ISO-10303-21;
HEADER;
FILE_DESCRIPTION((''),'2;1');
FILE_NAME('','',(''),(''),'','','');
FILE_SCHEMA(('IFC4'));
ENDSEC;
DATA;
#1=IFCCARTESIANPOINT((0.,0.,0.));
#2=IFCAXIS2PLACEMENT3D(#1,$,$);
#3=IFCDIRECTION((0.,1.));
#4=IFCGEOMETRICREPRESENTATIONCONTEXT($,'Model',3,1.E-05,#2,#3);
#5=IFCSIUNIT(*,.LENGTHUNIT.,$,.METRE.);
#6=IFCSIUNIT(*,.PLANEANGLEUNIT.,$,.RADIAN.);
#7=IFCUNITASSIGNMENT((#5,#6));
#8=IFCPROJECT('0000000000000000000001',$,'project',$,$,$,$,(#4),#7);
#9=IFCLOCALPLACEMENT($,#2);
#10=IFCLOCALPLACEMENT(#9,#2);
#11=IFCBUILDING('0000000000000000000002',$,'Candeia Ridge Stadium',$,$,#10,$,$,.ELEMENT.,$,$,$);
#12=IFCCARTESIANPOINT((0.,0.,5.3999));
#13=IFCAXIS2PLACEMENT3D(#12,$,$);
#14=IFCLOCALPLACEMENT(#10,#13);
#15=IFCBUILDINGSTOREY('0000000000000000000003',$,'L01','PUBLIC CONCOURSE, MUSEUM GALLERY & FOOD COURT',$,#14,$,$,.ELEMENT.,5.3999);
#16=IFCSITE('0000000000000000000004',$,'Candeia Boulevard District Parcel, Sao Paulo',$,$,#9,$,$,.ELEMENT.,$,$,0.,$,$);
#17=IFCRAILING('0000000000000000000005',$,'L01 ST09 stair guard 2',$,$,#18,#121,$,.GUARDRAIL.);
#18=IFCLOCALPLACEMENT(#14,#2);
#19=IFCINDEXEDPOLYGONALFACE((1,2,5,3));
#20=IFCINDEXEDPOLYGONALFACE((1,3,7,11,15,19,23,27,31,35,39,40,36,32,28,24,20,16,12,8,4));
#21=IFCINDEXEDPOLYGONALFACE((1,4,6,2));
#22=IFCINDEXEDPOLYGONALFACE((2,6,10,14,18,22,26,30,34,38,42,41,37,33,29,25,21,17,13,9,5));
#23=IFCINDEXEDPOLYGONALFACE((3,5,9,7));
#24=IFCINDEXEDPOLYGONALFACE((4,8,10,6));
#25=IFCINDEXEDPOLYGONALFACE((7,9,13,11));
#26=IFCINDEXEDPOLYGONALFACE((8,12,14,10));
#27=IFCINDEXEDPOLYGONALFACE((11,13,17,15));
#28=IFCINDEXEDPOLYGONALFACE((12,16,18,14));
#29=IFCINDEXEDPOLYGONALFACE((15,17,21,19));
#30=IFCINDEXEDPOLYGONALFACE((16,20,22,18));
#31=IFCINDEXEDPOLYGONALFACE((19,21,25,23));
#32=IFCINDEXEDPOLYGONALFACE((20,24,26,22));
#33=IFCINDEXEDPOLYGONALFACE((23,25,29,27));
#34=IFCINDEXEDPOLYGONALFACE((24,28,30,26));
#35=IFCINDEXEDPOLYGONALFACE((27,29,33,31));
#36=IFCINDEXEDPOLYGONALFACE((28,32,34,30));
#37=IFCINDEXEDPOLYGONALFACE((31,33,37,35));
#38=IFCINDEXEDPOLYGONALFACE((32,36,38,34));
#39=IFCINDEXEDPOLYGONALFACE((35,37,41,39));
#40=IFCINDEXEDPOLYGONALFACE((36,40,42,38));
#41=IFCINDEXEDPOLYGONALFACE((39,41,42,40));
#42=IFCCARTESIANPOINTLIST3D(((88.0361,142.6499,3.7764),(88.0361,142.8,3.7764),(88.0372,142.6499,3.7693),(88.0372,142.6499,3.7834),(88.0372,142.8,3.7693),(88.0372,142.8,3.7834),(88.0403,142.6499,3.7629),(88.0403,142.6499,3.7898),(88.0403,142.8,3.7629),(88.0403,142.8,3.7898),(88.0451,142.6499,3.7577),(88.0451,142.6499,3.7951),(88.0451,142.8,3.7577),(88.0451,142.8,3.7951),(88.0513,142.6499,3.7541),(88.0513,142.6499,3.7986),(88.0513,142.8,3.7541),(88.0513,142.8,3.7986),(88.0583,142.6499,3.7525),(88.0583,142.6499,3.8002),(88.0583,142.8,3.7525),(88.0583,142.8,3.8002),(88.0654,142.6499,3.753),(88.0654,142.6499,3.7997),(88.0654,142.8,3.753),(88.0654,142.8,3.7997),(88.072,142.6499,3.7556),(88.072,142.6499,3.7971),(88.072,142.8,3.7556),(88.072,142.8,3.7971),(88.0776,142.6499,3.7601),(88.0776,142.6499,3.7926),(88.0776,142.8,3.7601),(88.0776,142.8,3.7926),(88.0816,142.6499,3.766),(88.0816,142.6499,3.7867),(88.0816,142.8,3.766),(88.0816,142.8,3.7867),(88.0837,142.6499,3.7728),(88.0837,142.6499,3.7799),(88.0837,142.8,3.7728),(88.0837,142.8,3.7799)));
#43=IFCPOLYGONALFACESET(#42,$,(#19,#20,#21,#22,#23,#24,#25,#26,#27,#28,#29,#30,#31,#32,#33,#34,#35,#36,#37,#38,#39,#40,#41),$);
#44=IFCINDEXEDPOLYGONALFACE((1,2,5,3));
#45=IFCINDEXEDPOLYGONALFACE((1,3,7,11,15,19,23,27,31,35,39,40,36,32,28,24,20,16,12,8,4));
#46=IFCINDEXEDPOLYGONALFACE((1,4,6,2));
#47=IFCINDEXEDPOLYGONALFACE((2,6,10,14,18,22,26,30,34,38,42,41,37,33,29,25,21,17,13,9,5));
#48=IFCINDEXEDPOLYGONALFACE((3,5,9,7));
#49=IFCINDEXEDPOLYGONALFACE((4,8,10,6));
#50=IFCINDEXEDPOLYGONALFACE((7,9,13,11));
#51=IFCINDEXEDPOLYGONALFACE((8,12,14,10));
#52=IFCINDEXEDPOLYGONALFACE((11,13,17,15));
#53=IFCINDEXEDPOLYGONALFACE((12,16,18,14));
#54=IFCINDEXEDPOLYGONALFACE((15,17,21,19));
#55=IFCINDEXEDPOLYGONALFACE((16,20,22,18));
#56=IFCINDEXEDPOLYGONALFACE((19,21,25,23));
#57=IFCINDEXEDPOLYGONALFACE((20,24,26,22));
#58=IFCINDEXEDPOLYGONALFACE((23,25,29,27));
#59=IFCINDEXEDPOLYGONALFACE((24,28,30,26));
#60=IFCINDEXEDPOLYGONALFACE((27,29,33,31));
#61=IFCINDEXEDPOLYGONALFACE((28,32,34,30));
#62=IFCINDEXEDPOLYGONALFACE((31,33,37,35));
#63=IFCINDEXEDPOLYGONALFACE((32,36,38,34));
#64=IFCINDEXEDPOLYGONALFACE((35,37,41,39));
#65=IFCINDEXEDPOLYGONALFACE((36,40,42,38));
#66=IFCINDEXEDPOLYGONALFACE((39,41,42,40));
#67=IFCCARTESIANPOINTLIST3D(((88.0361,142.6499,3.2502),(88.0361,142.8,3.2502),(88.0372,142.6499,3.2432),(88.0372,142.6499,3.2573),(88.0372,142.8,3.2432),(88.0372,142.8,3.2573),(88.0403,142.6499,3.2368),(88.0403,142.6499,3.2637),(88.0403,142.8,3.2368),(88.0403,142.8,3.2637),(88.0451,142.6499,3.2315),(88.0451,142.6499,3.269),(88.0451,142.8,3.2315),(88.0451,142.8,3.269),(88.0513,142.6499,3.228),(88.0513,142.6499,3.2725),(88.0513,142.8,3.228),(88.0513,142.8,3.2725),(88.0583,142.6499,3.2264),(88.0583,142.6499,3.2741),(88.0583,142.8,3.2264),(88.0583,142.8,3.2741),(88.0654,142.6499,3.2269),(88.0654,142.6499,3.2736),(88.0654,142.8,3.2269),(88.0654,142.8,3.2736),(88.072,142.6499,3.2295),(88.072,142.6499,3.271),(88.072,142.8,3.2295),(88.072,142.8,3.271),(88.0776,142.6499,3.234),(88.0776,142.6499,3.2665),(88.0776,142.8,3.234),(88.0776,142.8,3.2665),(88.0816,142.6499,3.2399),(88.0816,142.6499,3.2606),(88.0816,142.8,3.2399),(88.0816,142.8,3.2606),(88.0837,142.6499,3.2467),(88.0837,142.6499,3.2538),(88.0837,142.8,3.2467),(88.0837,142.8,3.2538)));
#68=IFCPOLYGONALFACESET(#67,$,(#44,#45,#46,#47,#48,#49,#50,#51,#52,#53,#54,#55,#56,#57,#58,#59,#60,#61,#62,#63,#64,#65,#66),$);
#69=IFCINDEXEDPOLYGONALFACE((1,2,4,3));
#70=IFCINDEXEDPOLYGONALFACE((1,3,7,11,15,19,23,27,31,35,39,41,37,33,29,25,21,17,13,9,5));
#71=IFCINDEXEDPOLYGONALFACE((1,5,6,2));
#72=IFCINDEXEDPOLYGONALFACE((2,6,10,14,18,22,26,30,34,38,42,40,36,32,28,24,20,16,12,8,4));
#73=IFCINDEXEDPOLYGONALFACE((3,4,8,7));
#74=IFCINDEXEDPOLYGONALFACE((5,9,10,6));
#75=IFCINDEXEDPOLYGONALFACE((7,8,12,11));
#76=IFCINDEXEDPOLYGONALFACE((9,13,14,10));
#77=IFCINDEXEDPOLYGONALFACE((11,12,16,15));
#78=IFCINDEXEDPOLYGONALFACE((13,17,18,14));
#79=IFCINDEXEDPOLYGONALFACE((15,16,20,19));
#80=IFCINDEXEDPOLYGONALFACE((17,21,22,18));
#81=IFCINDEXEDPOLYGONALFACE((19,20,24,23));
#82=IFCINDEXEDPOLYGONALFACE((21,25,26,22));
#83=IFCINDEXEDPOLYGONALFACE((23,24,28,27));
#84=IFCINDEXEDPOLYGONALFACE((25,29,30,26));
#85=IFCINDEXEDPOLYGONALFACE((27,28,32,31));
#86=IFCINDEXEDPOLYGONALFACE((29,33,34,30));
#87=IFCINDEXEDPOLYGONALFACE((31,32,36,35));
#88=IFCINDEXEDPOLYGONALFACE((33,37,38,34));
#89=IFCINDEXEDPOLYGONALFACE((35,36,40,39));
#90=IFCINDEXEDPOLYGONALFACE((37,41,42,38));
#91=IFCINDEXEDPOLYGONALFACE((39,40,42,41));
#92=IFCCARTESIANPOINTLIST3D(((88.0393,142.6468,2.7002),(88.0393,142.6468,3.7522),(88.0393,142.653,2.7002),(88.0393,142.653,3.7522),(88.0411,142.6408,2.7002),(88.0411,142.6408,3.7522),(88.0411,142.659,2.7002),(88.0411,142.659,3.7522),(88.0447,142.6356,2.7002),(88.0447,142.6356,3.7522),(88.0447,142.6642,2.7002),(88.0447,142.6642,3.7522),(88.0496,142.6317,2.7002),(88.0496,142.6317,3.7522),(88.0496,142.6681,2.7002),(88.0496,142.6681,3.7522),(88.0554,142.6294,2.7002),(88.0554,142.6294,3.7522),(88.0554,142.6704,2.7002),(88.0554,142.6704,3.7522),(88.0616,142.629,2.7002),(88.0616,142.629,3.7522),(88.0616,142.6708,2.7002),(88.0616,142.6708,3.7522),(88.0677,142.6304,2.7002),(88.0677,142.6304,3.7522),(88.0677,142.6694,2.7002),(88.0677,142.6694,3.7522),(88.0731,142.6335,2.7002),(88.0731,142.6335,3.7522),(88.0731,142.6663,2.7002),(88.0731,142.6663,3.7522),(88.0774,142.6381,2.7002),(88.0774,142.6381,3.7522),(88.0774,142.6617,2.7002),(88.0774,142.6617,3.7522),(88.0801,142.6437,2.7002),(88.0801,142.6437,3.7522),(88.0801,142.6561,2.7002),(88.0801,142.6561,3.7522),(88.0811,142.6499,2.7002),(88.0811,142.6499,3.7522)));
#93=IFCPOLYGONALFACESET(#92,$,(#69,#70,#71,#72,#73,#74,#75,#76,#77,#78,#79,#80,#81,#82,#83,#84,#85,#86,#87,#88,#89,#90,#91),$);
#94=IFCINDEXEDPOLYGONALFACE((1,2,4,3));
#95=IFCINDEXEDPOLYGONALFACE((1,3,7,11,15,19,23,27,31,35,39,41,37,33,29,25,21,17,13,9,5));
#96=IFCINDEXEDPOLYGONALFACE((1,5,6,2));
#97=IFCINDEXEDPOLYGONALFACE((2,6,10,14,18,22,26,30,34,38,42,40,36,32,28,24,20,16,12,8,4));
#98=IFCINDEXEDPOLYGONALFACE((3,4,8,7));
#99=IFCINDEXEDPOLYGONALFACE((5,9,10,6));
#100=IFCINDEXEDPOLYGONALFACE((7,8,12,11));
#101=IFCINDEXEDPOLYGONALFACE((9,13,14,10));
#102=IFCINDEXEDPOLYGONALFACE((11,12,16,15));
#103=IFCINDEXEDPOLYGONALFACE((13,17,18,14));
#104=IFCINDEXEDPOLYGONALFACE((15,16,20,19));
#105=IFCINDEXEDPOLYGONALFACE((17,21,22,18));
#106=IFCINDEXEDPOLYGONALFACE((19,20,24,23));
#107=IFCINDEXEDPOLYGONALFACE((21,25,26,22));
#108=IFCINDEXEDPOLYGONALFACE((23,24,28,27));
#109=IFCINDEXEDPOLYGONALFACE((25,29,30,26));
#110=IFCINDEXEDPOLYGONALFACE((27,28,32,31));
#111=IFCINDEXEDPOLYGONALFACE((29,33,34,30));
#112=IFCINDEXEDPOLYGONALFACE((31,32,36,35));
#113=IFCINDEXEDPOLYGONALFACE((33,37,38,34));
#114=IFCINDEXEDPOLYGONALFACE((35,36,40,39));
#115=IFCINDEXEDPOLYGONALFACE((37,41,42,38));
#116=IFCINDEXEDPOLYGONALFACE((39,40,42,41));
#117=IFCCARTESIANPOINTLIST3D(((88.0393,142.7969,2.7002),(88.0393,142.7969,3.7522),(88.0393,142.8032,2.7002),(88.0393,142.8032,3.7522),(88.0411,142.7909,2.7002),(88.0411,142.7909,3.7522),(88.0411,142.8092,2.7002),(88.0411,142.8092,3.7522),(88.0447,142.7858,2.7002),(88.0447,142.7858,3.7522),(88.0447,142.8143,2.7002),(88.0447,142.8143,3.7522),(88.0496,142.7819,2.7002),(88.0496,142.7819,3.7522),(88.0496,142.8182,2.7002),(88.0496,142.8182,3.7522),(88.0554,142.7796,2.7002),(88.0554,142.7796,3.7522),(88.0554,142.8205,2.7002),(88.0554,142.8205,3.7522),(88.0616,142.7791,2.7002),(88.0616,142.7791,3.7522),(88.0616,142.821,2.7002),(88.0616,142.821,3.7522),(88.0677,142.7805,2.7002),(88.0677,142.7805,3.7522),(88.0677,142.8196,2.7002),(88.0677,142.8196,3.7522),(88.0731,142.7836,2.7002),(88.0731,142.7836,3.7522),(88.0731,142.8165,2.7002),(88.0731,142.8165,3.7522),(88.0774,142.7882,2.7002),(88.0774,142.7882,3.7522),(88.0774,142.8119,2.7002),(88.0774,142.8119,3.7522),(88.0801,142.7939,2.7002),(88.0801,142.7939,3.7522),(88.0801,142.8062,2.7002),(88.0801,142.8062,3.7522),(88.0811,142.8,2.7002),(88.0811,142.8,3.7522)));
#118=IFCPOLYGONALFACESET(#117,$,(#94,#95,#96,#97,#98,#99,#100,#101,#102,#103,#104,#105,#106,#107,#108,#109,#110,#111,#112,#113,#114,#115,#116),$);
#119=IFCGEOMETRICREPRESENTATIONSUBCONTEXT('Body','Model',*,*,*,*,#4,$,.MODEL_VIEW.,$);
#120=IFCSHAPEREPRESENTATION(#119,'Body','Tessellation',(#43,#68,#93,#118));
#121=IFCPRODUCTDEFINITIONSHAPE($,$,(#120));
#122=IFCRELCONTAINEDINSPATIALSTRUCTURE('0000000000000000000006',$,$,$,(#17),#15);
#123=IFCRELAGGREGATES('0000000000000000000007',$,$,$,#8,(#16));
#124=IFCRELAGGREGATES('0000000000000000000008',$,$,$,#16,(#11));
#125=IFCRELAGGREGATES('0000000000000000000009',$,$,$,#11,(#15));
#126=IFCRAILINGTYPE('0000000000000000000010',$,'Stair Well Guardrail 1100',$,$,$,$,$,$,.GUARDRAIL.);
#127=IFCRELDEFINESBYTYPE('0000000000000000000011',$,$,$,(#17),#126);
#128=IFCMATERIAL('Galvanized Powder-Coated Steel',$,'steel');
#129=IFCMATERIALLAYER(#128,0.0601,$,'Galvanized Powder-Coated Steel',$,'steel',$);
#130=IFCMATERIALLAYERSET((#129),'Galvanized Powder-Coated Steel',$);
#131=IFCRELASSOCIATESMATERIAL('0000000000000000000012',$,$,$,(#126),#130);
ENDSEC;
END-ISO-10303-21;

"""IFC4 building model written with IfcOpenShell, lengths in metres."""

from ifc_helpers import new_model, si_unit, direction, frame, origin, origin_2d, place, context, subcontext, project, spatial, circle, extrude, material, layer, layer_set, type_object, element, save


model = new_model("IFC4")

# Units and contexts
model_context = context("Model", 3, precision=1e-05, world=origin(), true_north=direction((0.0, 1.0)))
body_context = subcontext(model_context, "Body", "Model", "MODEL_VIEW")
ifc_project = project(units=[si_unit("LENGTHUNIT", "METRE"), si_unit("PLANEANGLEUNIT", "RADIAN")], contexts=[model_context])

# Site, building, storey
site_placement = place(None, origin())
site = spatial("IfcSite", under=ifc_project, at=site_placement, Name="Candeia Boulevard District Parcel, Sao Paulo", CompositionType="ELEMENT", RefElevation=0.0)
building_placement = place(site_placement, origin())
building = spatial("IfcBuilding", under=site, at=building_placement, Name="Candeia Ridge Stadium", CompositionType="ELEMENT")
storey_placement = place(building_placement, frame((0.0, 0.0, 5.3999)))
storey = spatial("IfcBuildingStorey", under=building, at=storey_placement, Name="L01", Description="PUBLIC CONCOURSE, MUSEUM GALLERY & FOOD COURT", CompositionType="ELEMENT", Elevation=5.3999)

# Railing
ifc_material_1 = material(Name="Galvanized Powder-Coated Steel", Category="steel")
ifc_layer_1 = layer(ifc_material_1, 0.0601, Name="Galvanized Powder-Coated Steel", Category="steel")
ifc_layer_set_1 = layer_set([ifc_layer_1], Name="Galvanized Powder-Coated Steel")
railing_type_1 = type_object("IfcRailingType", Name="Stair Well Guardrail 1100", PredefinedType="GUARDRAIL", material=ifc_layer_set_1)
railing_1_placement = place(storey_placement, frame((88.0601, 142.6499, 2.7002)))
element("IfcRailing", 1, at=railing_1_placement, inside=storey, type_object=railing_type_1, Name="L01 ST09 stair guard 2", PredefinedType="GUARDRAIL", context=body_context, shape_type="SweptSolid", body=[
    extrude(circle(Radius=0.0239, at=origin_2d()), frame((0.0, 0.0, 1.0762), z_axis=(0.0, 1.0, 0.0), x_axis=(-1.0, 0.0, 0.0)), (0.0, 0.0, 1.0), 0.1501),
    extrude(circle(Radius=0.0239, at=origin_2d()), frame((0.0, 0.0, 0.55), z_axis=(0.0, 1.0, 0.0), x_axis=(-1.0, 0.0, 0.0)), (0.0, 0.0, 1.0), 0.1501),
    extrude(circle(Radius=0.021, at=origin_2d()), origin(), (0.0, 0.0, 1.0), 1.052),
    extrude(circle(Radius=0.021, at=origin_2d()), frame((0.0, 0.1501, 0.0)), (0.0, 0.0, 1.0), 1.052),
])

save(model, "model.ifc")
